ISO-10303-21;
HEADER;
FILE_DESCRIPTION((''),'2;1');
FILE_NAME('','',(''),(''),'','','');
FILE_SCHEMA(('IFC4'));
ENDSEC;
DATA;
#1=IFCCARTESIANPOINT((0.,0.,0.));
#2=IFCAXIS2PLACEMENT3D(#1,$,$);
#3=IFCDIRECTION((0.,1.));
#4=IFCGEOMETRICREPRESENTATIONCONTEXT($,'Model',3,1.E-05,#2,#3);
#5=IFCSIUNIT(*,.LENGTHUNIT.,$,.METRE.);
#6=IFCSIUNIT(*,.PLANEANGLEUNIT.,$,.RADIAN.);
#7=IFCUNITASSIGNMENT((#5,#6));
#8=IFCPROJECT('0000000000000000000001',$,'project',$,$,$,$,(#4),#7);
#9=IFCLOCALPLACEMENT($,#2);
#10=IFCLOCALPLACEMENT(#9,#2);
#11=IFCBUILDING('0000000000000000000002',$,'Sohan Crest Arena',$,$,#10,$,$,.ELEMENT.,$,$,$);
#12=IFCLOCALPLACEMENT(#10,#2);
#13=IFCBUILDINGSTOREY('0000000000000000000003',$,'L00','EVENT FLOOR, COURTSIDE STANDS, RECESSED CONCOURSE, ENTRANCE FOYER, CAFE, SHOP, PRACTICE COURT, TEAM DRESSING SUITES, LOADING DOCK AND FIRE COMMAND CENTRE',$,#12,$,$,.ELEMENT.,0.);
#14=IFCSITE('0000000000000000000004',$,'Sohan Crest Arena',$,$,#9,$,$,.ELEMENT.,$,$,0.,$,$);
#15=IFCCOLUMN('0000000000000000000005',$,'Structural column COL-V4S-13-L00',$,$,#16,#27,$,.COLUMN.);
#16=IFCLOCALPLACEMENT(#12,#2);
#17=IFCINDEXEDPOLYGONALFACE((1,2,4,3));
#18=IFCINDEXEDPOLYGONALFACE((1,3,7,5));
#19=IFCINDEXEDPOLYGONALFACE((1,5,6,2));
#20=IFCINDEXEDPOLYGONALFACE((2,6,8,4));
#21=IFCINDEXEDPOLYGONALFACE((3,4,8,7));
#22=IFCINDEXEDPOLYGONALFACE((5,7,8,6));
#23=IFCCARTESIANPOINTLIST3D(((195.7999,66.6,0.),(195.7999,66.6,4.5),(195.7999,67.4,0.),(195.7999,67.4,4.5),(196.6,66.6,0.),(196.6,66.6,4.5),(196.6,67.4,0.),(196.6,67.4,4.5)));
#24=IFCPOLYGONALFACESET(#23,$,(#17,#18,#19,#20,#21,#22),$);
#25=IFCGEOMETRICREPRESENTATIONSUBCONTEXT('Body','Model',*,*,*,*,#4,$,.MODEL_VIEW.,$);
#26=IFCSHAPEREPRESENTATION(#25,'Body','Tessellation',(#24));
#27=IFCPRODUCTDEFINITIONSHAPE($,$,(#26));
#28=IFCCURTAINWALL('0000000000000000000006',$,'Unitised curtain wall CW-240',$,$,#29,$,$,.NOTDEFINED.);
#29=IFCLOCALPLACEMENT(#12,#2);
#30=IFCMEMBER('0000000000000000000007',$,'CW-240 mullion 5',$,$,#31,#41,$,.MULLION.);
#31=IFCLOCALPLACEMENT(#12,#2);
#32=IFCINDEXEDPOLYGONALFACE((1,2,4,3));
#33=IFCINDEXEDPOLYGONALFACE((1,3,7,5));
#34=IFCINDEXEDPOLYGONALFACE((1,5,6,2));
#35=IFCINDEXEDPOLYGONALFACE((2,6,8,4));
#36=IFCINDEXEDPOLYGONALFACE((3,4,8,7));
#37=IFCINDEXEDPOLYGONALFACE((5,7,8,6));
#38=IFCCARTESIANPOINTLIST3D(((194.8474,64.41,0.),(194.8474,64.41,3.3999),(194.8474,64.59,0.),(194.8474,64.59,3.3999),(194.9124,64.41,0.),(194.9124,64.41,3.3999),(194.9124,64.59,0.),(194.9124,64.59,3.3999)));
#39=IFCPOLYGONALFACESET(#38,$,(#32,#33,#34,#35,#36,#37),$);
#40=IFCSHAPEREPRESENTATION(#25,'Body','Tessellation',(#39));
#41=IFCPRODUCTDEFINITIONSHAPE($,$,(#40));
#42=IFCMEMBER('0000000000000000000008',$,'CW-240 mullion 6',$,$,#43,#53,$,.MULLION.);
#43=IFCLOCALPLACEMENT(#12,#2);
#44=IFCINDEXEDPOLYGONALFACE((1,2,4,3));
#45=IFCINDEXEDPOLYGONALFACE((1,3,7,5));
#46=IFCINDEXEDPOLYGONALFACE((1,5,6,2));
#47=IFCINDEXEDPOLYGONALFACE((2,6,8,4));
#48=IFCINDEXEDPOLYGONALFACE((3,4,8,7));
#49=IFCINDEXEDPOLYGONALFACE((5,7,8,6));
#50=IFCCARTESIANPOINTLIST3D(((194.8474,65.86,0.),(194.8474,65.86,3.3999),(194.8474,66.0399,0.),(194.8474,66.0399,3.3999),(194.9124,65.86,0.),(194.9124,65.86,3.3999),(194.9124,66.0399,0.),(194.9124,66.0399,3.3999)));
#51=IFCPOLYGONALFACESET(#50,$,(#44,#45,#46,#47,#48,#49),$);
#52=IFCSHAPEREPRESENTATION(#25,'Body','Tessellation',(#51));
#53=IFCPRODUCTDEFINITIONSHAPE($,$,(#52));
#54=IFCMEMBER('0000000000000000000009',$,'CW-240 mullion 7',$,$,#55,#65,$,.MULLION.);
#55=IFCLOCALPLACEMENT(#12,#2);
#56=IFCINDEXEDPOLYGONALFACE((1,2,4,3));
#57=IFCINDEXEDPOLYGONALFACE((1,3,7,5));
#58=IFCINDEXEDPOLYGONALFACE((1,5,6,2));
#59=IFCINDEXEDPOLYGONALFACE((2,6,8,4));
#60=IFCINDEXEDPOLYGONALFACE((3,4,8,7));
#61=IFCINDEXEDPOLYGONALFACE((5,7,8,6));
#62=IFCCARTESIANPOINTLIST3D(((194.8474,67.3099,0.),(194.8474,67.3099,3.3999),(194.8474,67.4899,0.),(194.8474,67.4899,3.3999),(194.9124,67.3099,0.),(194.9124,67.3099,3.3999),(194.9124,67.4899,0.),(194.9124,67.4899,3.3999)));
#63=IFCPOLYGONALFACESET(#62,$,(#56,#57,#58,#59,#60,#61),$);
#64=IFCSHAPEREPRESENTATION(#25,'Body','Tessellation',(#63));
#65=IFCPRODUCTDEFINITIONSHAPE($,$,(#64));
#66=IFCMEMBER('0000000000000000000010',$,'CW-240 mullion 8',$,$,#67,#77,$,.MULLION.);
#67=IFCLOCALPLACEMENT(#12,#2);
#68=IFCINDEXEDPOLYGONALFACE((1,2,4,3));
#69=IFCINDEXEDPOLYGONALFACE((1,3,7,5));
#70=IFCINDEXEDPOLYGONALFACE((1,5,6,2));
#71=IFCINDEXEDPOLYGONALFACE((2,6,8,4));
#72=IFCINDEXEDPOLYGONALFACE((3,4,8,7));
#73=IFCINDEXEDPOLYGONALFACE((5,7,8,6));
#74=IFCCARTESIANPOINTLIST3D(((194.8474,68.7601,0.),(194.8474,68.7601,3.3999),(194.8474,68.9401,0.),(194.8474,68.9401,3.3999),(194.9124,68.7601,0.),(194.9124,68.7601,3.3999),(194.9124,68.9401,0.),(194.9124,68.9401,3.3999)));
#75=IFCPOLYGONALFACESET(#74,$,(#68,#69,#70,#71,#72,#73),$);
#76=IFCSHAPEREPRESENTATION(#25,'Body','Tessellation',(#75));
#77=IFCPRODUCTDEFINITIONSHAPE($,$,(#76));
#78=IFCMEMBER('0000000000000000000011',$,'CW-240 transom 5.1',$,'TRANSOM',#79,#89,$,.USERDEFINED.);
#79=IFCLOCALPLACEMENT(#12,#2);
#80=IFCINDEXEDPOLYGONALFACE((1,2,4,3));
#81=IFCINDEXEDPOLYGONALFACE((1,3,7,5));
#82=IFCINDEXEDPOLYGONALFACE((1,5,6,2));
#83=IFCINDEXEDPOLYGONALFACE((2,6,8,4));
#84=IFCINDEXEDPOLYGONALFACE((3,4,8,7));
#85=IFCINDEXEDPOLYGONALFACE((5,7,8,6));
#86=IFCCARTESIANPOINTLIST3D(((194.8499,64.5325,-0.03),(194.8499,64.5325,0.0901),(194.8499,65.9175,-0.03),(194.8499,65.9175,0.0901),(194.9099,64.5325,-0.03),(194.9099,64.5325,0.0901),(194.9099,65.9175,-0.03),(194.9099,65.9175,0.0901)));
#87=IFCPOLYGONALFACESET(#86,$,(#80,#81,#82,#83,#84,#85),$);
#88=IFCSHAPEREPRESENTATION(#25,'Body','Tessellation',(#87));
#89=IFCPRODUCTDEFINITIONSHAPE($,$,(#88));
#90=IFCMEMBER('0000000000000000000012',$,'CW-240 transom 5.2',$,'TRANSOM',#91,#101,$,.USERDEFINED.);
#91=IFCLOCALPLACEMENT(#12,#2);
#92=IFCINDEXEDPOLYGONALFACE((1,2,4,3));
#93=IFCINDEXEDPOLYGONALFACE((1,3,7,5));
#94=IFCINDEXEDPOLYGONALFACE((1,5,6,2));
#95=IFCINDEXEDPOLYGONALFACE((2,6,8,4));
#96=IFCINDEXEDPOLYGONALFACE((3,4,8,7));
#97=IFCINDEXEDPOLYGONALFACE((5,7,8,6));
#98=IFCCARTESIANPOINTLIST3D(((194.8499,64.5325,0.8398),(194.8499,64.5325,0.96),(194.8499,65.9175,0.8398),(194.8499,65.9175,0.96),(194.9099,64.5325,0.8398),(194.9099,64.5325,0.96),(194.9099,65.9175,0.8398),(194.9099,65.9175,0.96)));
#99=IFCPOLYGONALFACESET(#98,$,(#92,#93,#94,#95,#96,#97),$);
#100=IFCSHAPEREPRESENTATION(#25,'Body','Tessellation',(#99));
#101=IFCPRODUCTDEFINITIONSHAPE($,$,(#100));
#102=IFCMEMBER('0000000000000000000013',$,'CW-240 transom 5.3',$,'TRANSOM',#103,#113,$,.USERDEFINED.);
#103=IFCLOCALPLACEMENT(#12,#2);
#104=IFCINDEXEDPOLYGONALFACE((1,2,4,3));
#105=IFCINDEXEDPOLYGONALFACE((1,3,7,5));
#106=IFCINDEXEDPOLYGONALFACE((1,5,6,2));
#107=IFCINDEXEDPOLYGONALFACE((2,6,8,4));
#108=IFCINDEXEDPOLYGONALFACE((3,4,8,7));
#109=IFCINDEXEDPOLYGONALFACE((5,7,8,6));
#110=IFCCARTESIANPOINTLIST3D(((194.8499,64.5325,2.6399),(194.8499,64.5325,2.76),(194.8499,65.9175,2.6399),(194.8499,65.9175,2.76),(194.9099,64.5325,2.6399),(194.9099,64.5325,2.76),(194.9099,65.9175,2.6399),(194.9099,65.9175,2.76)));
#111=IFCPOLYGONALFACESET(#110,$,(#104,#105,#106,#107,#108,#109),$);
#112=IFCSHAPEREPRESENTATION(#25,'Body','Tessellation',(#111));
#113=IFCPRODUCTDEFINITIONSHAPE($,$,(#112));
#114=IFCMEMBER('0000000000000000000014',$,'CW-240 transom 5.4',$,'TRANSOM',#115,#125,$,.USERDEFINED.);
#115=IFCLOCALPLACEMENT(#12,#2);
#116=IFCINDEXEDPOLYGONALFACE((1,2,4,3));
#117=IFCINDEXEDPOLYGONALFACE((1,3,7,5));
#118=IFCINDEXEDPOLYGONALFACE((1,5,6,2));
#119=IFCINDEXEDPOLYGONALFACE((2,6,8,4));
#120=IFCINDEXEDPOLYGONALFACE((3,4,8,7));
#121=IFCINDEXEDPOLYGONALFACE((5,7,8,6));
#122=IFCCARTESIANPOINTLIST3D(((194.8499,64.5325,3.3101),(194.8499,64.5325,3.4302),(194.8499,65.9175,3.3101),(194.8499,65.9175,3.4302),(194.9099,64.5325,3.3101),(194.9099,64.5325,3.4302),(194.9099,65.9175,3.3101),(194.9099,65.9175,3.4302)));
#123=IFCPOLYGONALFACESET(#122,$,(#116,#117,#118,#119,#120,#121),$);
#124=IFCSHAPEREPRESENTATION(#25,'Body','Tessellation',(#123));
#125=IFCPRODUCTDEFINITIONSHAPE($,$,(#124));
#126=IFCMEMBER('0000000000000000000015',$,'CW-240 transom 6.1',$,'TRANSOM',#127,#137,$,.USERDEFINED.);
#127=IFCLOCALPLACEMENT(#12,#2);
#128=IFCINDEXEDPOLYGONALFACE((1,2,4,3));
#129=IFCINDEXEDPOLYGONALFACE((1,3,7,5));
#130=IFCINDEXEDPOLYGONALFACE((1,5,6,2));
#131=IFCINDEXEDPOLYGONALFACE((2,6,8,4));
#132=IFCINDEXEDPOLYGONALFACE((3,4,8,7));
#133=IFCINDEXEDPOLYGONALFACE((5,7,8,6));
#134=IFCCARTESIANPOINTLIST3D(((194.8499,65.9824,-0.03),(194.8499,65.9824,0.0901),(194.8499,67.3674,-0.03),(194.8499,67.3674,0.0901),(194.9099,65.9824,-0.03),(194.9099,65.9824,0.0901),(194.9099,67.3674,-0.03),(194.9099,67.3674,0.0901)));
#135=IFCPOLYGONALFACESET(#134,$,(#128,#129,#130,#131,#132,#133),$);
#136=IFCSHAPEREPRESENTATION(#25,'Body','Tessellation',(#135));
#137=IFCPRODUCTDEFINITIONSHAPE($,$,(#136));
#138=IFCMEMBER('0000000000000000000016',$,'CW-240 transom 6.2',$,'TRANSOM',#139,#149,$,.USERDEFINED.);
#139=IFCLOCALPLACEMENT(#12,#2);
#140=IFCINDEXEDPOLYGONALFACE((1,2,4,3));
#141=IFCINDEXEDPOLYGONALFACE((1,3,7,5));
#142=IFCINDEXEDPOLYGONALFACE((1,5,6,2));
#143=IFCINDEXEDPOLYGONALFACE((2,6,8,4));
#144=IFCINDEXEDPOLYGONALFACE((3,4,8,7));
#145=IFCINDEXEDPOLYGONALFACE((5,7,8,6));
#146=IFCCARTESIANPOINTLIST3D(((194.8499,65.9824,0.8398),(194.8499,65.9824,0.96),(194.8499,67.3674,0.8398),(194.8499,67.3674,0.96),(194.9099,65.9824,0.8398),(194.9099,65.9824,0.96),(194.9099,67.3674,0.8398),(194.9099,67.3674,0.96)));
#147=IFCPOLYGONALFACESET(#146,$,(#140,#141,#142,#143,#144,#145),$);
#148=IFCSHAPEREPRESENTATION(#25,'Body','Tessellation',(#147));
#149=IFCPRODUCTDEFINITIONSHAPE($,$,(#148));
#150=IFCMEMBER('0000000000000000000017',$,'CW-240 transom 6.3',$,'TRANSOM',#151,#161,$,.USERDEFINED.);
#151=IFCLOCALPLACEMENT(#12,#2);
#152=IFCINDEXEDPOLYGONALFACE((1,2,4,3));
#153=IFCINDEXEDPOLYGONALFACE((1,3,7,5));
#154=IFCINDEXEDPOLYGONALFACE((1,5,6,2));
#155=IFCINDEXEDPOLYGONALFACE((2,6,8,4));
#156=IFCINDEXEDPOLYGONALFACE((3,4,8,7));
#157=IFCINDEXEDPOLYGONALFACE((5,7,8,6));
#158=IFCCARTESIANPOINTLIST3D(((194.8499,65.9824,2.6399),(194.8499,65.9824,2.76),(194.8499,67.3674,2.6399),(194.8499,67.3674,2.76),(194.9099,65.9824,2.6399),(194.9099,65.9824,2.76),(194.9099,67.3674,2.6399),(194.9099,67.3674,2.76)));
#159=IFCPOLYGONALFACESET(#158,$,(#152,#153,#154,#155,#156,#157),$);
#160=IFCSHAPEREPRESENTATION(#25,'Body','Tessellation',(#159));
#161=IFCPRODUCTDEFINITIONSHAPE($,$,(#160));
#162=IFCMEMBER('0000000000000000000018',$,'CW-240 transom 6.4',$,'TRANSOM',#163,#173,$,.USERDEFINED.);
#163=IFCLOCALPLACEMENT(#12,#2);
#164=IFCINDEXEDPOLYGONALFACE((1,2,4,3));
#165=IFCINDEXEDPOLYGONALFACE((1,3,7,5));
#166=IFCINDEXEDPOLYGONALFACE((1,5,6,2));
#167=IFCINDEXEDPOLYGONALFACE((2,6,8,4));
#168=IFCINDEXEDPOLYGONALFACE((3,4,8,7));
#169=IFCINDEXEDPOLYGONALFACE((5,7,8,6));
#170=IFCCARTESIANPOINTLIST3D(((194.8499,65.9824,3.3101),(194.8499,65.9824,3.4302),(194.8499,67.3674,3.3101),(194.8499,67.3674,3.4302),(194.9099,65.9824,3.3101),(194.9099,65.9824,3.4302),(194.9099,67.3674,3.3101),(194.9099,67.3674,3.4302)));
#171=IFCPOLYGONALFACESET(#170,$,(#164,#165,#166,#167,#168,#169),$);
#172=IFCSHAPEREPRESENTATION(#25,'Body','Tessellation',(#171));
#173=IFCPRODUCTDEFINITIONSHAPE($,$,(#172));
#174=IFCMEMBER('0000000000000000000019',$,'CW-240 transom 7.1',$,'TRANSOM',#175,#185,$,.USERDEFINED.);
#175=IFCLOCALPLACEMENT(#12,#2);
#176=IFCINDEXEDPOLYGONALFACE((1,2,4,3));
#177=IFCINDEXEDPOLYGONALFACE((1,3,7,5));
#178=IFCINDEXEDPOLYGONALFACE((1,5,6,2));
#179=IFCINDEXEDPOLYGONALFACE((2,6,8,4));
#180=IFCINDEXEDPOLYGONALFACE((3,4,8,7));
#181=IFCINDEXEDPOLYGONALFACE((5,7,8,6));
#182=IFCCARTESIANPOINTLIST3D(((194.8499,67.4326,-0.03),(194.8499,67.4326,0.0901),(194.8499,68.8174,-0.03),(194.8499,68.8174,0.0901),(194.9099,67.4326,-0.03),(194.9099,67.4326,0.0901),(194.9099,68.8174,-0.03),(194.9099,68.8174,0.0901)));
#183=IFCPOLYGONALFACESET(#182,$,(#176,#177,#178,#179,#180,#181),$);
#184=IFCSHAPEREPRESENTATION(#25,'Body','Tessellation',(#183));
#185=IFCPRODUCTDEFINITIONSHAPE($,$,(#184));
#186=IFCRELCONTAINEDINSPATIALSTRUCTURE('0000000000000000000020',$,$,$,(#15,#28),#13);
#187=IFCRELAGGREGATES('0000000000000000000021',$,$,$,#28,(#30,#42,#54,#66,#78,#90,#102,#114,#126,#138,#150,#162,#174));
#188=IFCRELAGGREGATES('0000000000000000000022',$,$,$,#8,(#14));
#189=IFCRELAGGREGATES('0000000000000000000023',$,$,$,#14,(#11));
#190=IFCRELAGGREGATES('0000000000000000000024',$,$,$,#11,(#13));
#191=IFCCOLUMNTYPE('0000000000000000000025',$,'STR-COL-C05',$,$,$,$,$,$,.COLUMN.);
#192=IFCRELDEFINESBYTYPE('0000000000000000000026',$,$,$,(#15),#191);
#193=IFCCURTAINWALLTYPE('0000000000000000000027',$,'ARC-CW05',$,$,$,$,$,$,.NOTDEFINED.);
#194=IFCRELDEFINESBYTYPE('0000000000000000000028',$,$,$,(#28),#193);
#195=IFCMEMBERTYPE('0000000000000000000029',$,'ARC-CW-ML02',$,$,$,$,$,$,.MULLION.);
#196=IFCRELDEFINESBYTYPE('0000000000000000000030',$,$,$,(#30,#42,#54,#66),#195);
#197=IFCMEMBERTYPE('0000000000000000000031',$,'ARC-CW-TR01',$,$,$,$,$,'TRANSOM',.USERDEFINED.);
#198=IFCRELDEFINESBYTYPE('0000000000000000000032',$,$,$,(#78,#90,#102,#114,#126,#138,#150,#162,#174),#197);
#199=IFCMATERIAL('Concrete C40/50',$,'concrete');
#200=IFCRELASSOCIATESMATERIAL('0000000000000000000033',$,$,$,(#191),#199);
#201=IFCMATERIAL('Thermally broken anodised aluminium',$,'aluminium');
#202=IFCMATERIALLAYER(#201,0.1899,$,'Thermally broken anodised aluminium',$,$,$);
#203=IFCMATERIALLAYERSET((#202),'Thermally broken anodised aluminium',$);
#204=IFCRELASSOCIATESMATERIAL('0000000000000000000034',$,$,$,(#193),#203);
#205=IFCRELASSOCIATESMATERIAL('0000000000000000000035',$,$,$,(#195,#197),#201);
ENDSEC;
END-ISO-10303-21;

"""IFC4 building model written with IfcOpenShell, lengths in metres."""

from ifc_helpers import new_model, si_unit, direction, frame, origin, origin_2d, place, context, subcontext, project, spatial, rectangle, extrude, material, layer, layer_set, material_profile, profile_set, type_object, element, aggregate, save


model = new_model("IFC4")

# Units and contexts
model_context = context("Model", 3, precision=1e-05, world=origin(), true_north=direction((0.0, 1.0)))
body_context = subcontext(model_context, "Body", "Model", "MODEL_VIEW")
ifc_project = project(units=[si_unit("LENGTHUNIT", "METRE"), si_unit("PLANEANGLEUNIT", "RADIAN")], contexts=[model_context])

# Site, building, storey
site_placement = place(None, origin())
site = spatial("IfcSite", under=ifc_project, at=site_placement, Name="Sohan Crest Arena", CompositionType="ELEMENT", RefElevation=0.0)
building_placement = place(site_placement, origin())
building = spatial("IfcBuilding", under=site, at=building_placement, Name="Sohan Crest Arena", CompositionType="ELEMENT")
storey_placement = place(building_placement, origin())
storey = spatial("IfcBuildingStorey", under=building, at=storey_placement, Name="L00", Description="EVENT FLOOR, COURTSIDE STANDS, RECESSED CONCOURSE, ENTRANCE FOYER, CAFE, SHOP, PRACTICE COURT, TEAM DRESSING SUITES, LOADING DOCK AND FIRE COMMAND CENTRE", CompositionType="ELEMENT", Elevation=0.0)

# Column
ifc_material_1 = material(Name="Concrete C40/50", Category="concrete")
ifc_material_profile_1 = material_profile(ifc_material_1, rectangle(XDim=0.8, YDim=0.8, at=origin_2d()), Name="RC 800x800")
ifc_profile_set_1 = profile_set([ifc_material_profile_1], Name="Concrete C40/50")
column_type = type_object("IfcColumnType", Name="STR-COL-C05", PredefinedType="COLUMN", material=ifc_profile_set_1)
column_placement = place(storey_placement, frame((196.2, 67.0, 0.0), z_axis=(0.0, 0.0, 1.0), x_axis=(1.0, 0.0, 0.0)))
element("IfcColumn", 1, at=column_placement, inside=storey, type_object=column_type, Name="Structural column COL-V4S-13-L00", PredefinedType="COLUMN", context=body_context, shape_type="SweptSolid", body=[
    extrude(rectangle(XDim=0.8, YDim=0.8, at=origin_2d()), origin(), (0.0, 0.0, 1.0), 4.5),
])

# Curtain wall, members
ifc_material_2 = material(Name="Thermally broken anodised aluminium", Category="aluminium")
ifc_layer_1 = layer(ifc_material_2, 0.1899, Name="Thermally broken anodised aluminium")
ifc_layer_set_1 = layer_set([ifc_layer_1], Name="Thermally broken anodised aluminium")
curtain_wall_type = type_object("IfcCurtainWallType", Name="ARC-CW05", PredefinedType="NOTDEFINED", material=ifc_layer_set_1)
curtain_wall_placement = place(storey_placement, origin())
curtain_wall = element("IfcCurtainWall", 2, at=curtain_wall_placement, inside=storey, type_object=curtain_wall_type, Name="Unitised curtain wall CW-240", PredefinedType="NOTDEFINED")
ifc_material_profile_2 = material_profile(ifc_material_2, rectangle(XDim=0.0649, YDim=0.1799, at=origin_2d()), Name="ALU-MULL 65x180")
ifc_profile_set_2 = profile_set([ifc_material_profile_2], Name="Thermally broken anodised aluminium")
member_type_1 = type_object("IfcMemberType", Name="ARC-CW-ML02", PredefinedType="MULLION", material=ifc_profile_set_2)
member_1_placement = place(storey_placement, frame((194.8799, 64.5, 0.0), z_axis=(0.0, 0.0, 1.0), x_axis=(-1.0, 0.0, 0.0)))
member_1 = element("IfcMember", 3, at=member_1_placement, type_object=member_type_1, Name="CW-240 mullion 5", PredefinedType="MULLION", context=body_context, shape_type="SweptSolid", body=[
    extrude(rectangle(XDim=0.0649, YDim=0.1799, at=origin_2d()), origin(), (0.0, 0.0, 1.0), 3.3999),
])
member_2_placement = place(storey_placement, frame((194.8799, 65.95, 0.0), z_axis=(0.0, 0.0, 1.0), x_axis=(-1.0, 0.0, 0.0)))
member_2 = element("IfcMember", 4, at=member_2_placement, type_object=member_type_1, Name="CW-240 mullion 6", PredefinedType="MULLION", context=body_context, shape_type="SweptSolid", body=[
    extrude(rectangle(XDim=0.0649, YDim=0.1799, at=origin_2d()), origin(), (0.0, 0.0, 1.0), 3.3999),
])
member_3_placement = place(storey_placement, frame((194.8799, 67.3999, 0.0), z_axis=(0.0, 0.0, 1.0), x_axis=(-1.0, 0.0, 0.0)))
member_3 = element("IfcMember", 5, at=member_3_placement, type_object=member_type_1, Name="CW-240 mullion 7", PredefinedType="MULLION", context=body_context, shape_type="SweptSolid", body=[
    extrude(rectangle(XDim=0.0649, YDim=0.1799, at=origin_2d()), origin(), (0.0, 0.0, 1.0), 3.3999),
])
member_4_placement = place(storey_placement, frame((194.8799, 68.8501, 0.0), z_axis=(0.0, 0.0, 1.0), x_axis=(-1.0, 0.0, 0.0)))
member_4 = element("IfcMember", 6, at=member_4_placement, type_object=member_type_1, Name="CW-240 mullion 8", PredefinedType="MULLION", context=body_context, shape_type="SweptSolid", body=[
    extrude(rectangle(XDim=0.0649, YDim=0.1799, at=origin_2d()), origin(), (0.0, 0.0, 1.0), 3.3999),
])
ifc_material_profile_3 = material_profile(ifc_material_2, rectangle(XDim=0.0601, YDim=0.1201, at=origin_2d()), Name="ALU-TRAN 60x120")
ifc_profile_set_3 = profile_set([ifc_material_profile_3], Name="Thermally broken anodised aluminium")
member_type_2 = type_object("IfcMemberType", Name="ARC-CW-TR01", ElementType="TRANSOM", PredefinedType="USERDEFINED", material=ifc_profile_set_3)
member_5_placement = place(storey_placement, frame((194.8799, 64.5325, 0.03), z_axis=(0.0, 1.0, 0.0), x_axis=(-1.0, 0.0, 0.0)))
member_5 = element("IfcMember", 7, at=member_5_placement, type_object=member_type_2, Name="CW-240 transom 5.1", ObjectType="TRANSOM", PredefinedType="USERDEFINED", context=body_context, shape_type="SweptSolid", body=[
    extrude(rectangle(XDim=0.0601, YDim=0.1201, at=origin_2d()), origin(), (0.0, 0.0, 1.0), 1.385),
])
member_6_placement = place(storey_placement, frame((194.8799, 64.5325, 0.8999), z_axis=(0.0, 1.0, 0.0), x_axis=(-1.0, 0.0, 0.0)))
member_6 = element("IfcMember", 8, at=member_6_placement, type_object=member_type_2, Name="CW-240 transom 5.2", ObjectType="TRANSOM", PredefinedType="USERDEFINED", context=body_context, shape_type="SweptSolid", body=[
    extrude(rectangle(XDim=0.0601, YDim=0.1201, at=origin_2d()), origin(), (0.0, 0.0, 1.0), 1.385),
])
member_7_placement = place(storey_placement, frame((194.8799, 64.5325, 2.7), z_axis=(0.0, 1.0, 0.0), x_axis=(-1.0, 0.0, 0.0)))
member_7 = element("IfcMember", 9, at=member_7_placement, type_object=member_type_2, Name="CW-240 transom 5.3", ObjectType="TRANSOM", PredefinedType="USERDEFINED", context=body_context, shape_type="SweptSolid", body=[
    extrude(rectangle(XDim=0.0601, YDim=0.1201, at=origin_2d()), origin(), (0.0, 0.0, 1.0), 1.385),
])
member_8_placement = place(storey_placement, frame((194.8799, 64.5325, 3.3701), z_axis=(0.0, 1.0, 0.0), x_axis=(-1.0, 0.0, 0.0)))
member_8 = element("IfcMember", 10, at=member_8_placement, type_object=member_type_2, Name="CW-240 transom 5.4", ObjectType="TRANSOM", PredefinedType="USERDEFINED", context=body_context, shape_type="SweptSolid", body=[
    extrude(rectangle(XDim=0.0601, YDim=0.1201, at=origin_2d()), origin(), (0.0, 0.0, 1.0), 1.385),
])
member_9_placement = place(storey_placement, frame((194.8799, 65.9824, 0.03), z_axis=(0.0, 1.0, 0.0), x_axis=(-1.0, 0.0, 0.0)))
member_9 = element("IfcMember", 11, at=member_9_placement, type_object=member_type_2, Name="CW-240 transom 6.1", ObjectType="TRANSOM", PredefinedType="USERDEFINED", context=body_context, shape_type="SweptSolid", body=[
    extrude(rectangle(XDim=0.0601, YDim=0.1201, at=origin_2d()), origin(), (0.0, 0.0, 1.0), 1.385),
])
member_10_placement = place(storey_placement, frame((194.8799, 65.9824, 0.8999), z_axis=(0.0, 1.0, 0.0), x_axis=(-1.0, 0.0, 0.0)))
member_10 = element("IfcMember", 12, at=member_10_placement, type_object=member_type_2, Name="CW-240 transom 6.2", ObjectType="TRANSOM", PredefinedType="USERDEFINED", context=body_context, shape_type="SweptSolid", body=[
    extrude(rectangle(XDim=0.0601, YDim=0.1201, at=origin_2d()), origin(), (0.0, 0.0, 1.0), 1.385),
])
member_11_placement = place(storey_placement, frame((194.8799, 65.9824, 2.7), z_axis=(0.0, 1.0, 0.0), x_axis=(-1.0, 0.0, 0.0)))
member_11 = element("IfcMember", 13, at=member_11_placement, type_object=member_type_2, Name="CW-240 transom 6.3", ObjectType="TRANSOM", PredefinedType="USERDEFINED", context=body_context, shape_type="SweptSolid", body=[
    extrude(rectangle(XDim=0.0601, YDim=0.1201, at=origin_2d()), origin(), (0.0, 0.0, 1.0), 1.385),
])
member_12_placement = place(storey_placement, frame((194.8799, 65.9824, 3.3701), z_axis=(0.0, 1.0, 0.0), x_axis=(-1.0, 0.0, 0.0)))
member_12 = element("IfcMember", 14, at=member_12_placement, type_object=member_type_2, Name="CW-240 transom 6.4", ObjectType="TRANSOM", PredefinedType="USERDEFINED", context=body_context, shape_type="SweptSolid", body=[
    extrude(rectangle(XDim=0.0601, YDim=0.1201, at=origin_2d()), origin(), (0.0, 0.0, 1.0), 1.385),
])
member_13_placement = place(storey_placement, frame((194.8799, 67.4326, 0.03), z_axis=(0.0, 1.0, 0.0), x_axis=(-1.0, 0.0, 0.0)))
member_13 = element("IfcMember", 15, at=member_13_placement, type_object=member_type_2, Name="CW-240 transom 7.1", ObjectType="TRANSOM", PredefinedType="USERDEFINED", context=body_context, shape_type="SweptSolid", body=[
    extrude(rectangle(XDim=0.0601, YDim=0.1201, at=origin_2d()), origin(), (0.0, 0.0, 1.0), 1.3848),
])

aggregate(curtain_wall, [member_1, member_2, member_3, member_4, member_5, member_6, member_7, member_8, member_9, member_10, member_11, member_12, member_13])

save(model, "model.ifc")
